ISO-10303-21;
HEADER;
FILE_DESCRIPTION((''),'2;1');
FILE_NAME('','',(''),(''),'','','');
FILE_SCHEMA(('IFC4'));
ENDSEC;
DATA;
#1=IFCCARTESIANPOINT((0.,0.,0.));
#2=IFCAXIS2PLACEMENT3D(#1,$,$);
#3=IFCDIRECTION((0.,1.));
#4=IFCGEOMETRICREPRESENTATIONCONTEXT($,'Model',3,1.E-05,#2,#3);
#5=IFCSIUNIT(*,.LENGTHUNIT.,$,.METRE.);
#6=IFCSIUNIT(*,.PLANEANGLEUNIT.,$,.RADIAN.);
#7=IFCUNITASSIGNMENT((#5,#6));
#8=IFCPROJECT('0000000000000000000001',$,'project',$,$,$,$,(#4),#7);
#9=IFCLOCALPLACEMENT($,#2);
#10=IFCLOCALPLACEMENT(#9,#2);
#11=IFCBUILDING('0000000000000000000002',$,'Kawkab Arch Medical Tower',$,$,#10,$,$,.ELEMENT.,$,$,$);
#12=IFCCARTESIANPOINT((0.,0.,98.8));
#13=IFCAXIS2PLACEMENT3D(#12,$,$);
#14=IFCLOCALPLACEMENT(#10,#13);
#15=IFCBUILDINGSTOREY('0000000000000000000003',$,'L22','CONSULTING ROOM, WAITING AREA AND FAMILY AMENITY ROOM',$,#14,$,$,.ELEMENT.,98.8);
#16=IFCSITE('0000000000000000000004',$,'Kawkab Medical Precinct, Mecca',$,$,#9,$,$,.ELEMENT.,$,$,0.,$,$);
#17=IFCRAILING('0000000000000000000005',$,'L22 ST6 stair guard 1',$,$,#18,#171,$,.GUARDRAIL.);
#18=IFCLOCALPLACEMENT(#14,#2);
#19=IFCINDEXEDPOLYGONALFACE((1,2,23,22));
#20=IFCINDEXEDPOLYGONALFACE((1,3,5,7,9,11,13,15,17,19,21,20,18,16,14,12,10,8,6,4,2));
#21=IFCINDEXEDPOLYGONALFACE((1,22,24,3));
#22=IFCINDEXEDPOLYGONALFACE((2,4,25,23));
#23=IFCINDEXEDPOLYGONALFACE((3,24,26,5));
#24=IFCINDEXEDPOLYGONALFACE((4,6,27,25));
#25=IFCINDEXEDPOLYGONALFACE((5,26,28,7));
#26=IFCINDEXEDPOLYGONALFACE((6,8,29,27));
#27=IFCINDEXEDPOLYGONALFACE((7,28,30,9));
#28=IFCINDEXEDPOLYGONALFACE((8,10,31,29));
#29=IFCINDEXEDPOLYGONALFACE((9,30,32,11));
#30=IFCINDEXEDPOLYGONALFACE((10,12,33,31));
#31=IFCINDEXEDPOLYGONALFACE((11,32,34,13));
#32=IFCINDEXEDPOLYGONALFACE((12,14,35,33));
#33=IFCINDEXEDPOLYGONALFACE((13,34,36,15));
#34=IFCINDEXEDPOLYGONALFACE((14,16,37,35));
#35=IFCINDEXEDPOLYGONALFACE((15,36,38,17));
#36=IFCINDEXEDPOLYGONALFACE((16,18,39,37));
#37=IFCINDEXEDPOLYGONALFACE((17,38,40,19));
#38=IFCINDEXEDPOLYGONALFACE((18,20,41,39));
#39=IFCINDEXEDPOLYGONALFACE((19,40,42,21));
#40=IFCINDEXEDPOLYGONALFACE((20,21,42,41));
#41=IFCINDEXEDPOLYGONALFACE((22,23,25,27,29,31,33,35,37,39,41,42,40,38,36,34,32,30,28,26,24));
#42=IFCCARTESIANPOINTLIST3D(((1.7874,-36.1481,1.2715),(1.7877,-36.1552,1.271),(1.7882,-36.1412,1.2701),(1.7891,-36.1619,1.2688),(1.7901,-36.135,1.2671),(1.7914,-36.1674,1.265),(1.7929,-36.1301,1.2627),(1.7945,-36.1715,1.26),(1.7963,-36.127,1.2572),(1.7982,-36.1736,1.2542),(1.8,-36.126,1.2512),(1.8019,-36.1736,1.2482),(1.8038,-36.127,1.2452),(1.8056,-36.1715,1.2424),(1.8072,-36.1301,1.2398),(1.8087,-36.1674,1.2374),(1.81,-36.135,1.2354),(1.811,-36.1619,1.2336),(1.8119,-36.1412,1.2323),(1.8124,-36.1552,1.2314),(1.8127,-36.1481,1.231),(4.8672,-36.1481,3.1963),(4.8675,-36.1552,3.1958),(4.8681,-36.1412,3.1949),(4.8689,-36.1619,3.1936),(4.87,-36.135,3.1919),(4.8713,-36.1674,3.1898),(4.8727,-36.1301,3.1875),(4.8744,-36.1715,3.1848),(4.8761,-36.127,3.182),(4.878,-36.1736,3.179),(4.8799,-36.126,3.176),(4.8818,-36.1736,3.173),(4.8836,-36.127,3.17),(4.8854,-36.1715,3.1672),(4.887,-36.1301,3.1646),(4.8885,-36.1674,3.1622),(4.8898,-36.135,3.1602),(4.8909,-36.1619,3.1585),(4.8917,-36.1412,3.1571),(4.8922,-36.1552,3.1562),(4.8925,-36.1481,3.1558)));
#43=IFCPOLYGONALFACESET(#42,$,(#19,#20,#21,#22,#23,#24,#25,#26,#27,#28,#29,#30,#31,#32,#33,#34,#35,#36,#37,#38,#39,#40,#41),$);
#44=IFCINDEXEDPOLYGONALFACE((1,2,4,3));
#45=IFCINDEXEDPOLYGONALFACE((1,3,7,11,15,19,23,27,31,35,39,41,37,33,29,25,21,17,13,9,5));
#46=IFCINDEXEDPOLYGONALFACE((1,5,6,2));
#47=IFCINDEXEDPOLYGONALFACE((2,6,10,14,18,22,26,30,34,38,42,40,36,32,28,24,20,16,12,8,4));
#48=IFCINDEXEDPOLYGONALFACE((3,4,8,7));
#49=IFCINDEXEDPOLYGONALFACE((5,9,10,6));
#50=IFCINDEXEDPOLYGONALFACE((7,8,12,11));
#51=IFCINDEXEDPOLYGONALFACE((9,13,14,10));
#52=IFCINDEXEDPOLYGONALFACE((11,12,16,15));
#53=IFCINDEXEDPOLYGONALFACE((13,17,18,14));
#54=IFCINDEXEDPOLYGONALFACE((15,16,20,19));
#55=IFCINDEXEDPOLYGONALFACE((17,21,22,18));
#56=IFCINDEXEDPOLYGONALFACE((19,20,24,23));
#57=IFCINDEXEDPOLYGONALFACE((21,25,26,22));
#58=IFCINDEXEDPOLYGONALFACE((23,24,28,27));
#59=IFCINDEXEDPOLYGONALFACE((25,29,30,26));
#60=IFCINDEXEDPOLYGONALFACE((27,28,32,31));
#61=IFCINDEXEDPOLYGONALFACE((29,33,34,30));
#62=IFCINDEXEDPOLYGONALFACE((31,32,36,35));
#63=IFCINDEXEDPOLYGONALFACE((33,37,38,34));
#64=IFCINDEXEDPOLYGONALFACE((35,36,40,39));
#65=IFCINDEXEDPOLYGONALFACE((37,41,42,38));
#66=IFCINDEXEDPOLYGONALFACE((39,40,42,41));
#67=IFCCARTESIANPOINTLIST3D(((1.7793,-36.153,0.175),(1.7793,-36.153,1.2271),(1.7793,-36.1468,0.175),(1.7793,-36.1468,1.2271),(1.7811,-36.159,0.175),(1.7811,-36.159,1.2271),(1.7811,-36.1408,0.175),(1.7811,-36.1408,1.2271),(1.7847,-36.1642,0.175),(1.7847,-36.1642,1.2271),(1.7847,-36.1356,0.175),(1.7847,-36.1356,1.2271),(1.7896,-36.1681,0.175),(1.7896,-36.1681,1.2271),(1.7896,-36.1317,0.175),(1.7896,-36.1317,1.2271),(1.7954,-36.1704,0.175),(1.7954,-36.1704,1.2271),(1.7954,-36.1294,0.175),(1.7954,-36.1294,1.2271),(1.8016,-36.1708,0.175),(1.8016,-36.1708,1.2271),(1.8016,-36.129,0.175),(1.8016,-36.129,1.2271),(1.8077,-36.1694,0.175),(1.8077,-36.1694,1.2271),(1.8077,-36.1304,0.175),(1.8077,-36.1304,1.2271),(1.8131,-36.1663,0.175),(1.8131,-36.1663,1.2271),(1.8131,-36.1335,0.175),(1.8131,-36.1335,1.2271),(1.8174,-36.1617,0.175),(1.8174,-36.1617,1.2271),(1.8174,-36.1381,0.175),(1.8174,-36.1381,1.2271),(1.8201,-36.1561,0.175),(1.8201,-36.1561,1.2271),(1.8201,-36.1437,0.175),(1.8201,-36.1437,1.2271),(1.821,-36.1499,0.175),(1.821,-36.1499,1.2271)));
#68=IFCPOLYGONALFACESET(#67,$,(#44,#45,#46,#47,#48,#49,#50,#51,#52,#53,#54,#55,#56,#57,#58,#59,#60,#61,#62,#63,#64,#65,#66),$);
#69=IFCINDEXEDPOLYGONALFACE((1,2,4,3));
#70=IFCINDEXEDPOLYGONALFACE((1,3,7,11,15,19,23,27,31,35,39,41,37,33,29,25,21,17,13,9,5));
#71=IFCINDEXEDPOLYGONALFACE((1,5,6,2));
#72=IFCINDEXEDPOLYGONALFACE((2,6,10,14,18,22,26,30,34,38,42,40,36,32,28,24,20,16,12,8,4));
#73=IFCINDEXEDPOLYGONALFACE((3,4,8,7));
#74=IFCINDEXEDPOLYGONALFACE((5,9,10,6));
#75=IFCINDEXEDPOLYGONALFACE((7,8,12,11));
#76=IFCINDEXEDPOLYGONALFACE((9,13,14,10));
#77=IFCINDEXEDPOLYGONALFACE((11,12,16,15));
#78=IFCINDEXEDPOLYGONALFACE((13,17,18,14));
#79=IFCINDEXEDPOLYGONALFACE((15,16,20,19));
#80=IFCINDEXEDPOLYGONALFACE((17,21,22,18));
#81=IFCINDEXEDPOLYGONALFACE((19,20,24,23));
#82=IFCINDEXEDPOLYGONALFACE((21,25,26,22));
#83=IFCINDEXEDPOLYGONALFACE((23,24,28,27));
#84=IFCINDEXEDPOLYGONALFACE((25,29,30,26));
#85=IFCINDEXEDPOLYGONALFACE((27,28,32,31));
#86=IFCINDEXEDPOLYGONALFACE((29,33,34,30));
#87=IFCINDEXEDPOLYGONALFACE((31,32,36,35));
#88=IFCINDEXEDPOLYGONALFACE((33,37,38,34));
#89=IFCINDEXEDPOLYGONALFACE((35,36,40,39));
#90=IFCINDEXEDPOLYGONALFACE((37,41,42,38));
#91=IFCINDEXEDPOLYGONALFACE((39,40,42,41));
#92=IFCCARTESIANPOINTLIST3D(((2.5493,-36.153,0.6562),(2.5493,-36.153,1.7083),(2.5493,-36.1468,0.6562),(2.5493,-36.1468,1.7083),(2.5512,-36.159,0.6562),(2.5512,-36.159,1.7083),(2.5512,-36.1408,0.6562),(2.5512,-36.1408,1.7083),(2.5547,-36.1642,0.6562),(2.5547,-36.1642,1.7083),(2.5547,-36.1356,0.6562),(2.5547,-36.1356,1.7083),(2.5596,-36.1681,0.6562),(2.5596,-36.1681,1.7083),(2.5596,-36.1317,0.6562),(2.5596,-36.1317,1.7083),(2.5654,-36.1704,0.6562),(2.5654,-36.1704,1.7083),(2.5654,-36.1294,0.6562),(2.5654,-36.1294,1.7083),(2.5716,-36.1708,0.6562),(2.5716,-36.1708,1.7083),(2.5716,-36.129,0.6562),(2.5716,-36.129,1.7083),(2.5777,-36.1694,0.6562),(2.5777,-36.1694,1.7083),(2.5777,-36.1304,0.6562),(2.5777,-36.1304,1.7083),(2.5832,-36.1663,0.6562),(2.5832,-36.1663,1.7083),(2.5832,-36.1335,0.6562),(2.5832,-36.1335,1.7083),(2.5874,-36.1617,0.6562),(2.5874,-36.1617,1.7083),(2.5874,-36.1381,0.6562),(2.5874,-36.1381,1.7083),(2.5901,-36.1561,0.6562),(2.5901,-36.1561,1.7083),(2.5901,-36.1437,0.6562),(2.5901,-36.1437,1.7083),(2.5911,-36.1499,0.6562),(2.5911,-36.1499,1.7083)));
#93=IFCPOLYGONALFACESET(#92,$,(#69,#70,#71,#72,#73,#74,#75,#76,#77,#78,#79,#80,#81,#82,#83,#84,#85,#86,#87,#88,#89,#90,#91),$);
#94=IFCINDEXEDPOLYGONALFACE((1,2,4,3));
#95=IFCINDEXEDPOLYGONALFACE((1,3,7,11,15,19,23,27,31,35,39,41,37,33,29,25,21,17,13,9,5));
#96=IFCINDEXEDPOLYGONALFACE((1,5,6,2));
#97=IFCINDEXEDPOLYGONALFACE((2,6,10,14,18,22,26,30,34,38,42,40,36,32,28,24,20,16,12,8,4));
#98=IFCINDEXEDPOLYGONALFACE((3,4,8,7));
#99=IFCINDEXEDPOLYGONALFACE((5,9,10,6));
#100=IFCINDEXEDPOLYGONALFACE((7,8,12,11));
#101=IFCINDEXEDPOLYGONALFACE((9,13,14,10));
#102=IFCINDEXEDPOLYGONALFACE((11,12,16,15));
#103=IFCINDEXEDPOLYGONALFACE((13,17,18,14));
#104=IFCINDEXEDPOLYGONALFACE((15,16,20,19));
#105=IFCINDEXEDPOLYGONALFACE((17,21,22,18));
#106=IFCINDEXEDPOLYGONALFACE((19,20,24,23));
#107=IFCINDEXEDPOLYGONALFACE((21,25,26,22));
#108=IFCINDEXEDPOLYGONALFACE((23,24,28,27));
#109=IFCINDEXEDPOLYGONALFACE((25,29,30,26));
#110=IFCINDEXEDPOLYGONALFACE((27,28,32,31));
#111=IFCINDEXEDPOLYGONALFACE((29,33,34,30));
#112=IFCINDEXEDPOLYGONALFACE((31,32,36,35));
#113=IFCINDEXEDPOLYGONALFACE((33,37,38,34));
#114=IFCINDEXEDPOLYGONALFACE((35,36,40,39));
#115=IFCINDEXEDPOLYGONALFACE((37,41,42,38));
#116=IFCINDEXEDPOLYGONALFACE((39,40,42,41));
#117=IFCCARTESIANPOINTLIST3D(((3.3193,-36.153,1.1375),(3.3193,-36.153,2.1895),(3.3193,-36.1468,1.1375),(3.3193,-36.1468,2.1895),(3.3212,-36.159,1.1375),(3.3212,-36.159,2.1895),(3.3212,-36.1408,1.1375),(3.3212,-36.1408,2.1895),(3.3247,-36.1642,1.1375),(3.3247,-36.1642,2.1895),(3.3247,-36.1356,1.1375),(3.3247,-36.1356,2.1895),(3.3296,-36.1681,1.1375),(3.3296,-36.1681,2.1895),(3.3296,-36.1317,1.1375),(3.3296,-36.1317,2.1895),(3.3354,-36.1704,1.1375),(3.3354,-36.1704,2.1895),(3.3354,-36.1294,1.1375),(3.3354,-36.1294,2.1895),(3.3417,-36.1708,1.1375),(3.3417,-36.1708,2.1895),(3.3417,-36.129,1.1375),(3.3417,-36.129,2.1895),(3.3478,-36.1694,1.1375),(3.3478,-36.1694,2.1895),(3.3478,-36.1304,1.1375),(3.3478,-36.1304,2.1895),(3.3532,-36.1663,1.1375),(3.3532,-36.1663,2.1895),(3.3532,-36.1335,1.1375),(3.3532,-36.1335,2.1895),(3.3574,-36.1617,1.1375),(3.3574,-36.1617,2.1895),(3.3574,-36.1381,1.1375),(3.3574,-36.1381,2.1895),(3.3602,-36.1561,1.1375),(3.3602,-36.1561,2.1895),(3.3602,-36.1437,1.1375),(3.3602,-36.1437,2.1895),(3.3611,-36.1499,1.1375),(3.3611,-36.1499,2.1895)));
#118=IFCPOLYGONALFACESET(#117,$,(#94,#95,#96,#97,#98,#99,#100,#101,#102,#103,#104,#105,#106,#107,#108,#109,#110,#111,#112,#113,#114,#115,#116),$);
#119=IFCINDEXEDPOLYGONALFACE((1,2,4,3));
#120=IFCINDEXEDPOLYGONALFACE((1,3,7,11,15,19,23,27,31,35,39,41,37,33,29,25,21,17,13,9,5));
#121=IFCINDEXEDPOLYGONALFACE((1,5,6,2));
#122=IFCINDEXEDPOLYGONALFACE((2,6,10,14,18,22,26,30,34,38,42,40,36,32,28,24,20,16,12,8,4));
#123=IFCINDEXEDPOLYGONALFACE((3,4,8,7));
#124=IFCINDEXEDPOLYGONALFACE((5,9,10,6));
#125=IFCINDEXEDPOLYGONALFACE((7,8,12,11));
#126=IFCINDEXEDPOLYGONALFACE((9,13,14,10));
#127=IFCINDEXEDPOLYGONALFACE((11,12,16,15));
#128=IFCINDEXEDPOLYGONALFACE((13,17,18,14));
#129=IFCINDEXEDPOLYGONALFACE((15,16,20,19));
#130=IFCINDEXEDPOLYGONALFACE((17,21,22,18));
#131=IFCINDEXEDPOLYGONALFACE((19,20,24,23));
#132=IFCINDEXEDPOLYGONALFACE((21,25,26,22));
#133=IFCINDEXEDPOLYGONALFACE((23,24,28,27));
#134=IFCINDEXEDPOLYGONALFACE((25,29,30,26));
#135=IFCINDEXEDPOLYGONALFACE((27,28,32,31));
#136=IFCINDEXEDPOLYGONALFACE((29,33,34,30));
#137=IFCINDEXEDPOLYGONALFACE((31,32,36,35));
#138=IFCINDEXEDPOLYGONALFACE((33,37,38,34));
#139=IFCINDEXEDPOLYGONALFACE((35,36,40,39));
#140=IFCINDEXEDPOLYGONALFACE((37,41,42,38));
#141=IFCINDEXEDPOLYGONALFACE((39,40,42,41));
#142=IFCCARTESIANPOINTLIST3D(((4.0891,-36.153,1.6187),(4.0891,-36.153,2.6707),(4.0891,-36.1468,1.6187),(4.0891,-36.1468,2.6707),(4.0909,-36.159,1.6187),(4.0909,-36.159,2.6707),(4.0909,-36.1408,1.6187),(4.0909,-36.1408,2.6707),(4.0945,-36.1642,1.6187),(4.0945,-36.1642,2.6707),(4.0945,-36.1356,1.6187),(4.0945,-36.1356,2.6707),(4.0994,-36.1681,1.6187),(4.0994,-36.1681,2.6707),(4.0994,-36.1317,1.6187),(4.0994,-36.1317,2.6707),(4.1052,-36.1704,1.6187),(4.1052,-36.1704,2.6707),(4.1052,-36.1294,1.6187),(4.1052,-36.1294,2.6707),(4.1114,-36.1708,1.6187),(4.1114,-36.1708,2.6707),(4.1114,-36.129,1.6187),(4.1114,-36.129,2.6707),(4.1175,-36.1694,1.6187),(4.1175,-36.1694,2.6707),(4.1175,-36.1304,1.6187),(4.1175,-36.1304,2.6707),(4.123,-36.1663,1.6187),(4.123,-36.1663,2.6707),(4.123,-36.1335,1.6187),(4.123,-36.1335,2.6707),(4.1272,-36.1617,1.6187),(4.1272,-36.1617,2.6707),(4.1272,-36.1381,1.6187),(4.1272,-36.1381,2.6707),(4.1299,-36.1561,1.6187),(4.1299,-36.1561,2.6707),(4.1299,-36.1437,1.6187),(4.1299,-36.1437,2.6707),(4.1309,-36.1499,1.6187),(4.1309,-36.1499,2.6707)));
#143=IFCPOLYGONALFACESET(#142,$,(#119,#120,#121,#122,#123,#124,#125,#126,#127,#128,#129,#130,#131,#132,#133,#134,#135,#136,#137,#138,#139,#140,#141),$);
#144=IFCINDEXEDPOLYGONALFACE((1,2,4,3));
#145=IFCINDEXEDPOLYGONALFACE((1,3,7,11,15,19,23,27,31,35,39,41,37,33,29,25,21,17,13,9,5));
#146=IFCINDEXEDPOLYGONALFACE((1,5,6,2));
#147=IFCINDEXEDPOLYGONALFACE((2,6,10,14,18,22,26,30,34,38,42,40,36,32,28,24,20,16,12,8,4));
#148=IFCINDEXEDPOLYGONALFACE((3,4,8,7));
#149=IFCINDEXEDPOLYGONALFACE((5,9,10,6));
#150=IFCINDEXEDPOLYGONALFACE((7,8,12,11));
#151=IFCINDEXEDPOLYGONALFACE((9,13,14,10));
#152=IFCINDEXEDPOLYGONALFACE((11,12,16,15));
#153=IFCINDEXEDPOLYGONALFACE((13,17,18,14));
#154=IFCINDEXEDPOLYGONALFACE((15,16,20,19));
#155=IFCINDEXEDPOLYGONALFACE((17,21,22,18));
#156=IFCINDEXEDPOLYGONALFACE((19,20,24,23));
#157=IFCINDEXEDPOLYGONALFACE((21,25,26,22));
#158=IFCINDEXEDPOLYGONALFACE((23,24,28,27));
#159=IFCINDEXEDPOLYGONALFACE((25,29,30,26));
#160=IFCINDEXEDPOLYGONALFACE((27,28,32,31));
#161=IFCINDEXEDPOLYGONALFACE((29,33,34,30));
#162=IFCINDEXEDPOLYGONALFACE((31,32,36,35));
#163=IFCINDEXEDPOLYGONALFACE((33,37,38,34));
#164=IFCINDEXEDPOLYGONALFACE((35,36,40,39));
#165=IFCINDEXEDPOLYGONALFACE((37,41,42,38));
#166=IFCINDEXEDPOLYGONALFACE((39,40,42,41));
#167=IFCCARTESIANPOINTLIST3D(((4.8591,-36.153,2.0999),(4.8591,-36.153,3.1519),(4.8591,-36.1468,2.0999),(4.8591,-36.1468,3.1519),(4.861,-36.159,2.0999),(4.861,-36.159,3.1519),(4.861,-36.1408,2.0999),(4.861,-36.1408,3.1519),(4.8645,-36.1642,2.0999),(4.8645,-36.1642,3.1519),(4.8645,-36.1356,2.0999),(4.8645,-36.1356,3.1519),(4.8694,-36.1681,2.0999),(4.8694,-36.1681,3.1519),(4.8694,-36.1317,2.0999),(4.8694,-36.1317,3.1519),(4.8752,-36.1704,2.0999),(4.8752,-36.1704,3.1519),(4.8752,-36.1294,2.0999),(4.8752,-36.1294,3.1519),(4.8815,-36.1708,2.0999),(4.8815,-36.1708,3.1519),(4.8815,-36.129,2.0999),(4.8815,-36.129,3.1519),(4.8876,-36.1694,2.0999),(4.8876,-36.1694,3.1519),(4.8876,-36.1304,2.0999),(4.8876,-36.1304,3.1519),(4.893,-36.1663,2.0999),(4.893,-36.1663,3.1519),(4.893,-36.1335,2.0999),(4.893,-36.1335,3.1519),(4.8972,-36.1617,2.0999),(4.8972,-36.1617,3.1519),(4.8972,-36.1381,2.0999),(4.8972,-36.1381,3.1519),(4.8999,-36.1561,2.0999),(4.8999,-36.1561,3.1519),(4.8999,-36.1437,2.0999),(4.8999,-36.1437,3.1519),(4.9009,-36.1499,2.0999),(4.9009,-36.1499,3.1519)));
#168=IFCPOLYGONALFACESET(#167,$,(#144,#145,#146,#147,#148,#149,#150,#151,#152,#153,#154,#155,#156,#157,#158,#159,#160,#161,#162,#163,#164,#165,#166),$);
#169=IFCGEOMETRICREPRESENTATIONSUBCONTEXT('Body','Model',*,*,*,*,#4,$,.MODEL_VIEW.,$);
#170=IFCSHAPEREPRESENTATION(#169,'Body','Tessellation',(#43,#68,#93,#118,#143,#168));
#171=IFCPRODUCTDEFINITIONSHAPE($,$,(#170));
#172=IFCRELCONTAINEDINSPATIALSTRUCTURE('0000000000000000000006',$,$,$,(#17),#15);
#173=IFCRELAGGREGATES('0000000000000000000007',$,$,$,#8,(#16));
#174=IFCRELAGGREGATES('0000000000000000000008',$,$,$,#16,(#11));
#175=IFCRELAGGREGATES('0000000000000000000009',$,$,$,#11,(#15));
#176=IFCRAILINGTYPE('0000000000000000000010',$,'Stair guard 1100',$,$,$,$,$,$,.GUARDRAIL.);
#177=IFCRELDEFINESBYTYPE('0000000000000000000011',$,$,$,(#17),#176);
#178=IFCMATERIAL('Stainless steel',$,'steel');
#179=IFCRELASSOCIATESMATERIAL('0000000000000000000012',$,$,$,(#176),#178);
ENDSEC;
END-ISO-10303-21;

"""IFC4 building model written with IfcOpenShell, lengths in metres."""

from ifc_helpers import new_model, si_unit, direction, frame, origin, origin_2d, place, context, subcontext, project, spatial, circle, extrude, material, type_object, element, save


model = new_model("IFC4")

# Units and contexts
model_context = context("Model", 3, precision=1e-05, world=origin(), true_north=direction((0.0, 1.0)))
body_context = subcontext(model_context, "Body", "Model", "MODEL_VIEW")
ifc_project = project(units=[si_unit("LENGTHUNIT", "METRE"), si_unit("PLANEANGLEUNIT", "RADIAN")], contexts=[model_context])

# Site, building, storey
site_placement = place(None, origin())
site = spatial("IfcSite", under=ifc_project, at=site_placement, Name="Kawkab Medical Precinct, Mecca", CompositionType="ELEMENT", RefElevation=0.0)
building_placement = place(site_placement, origin())
building = spatial("IfcBuilding", under=site, at=building_placement, Name="Kawkab Arch Medical Tower", CompositionType="ELEMENT")
storey_placement = place(building_placement, frame((0.0, 0.0, 98.8)))
storey = spatial("IfcBuildingStorey", under=building, at=storey_placement, Name="L22", Description="CONSULTING ROOM, WAITING AREA AND FAMILY AMENITY ROOM", CompositionType="ELEMENT", Elevation=98.8)

# Railing
ifc_material_1 = material(Name="Stainless steel", Category="steel")
railing_type = type_object("IfcRailingType", Name="Stair guard 1100", PredefinedType="GUARDRAIL", material=ifc_material_1)
railing_1_placement = place(storey_placement, frame((1.8, -36.1499, 0.175)))
element("IfcRailing", 1, at=railing_1_placement, inside=storey, type_object=railing_type, Name="L22 ST6 stair guard 1", PredefinedType="GUARDRAIL", context=body_context, shape_type="SweptSolid", body=[
    extrude(circle(Radius=0.0239, at=origin_2d()), frame((0.0, 0.0, 1.0762), z_axis=(0.84801, 0.0, 0.529981), x_axis=(0.0, 1.0, 0.0)), (0.0, 0.0, 1.0), 3.6318),
    extrude(circle(Radius=0.021, at=origin_2d()), origin(), (0.0, 0.0, 1.0), 1.052),
    extrude(circle(Radius=0.021, at=origin_2d()), frame((0.77, 0.0, 0.4812)), (0.0, 0.0, 1.0), 1.052),
    extrude(circle(Radius=0.021, at=origin_2d()), frame((1.54, 0.0, 0.9624)), (0.0, 0.0, 1.0), 1.052),
    extrude(circle(Radius=0.021, at=origin_2d()), frame((2.3098, 0.0, 1.4436)), (0.0, 0.0, 1.0), 1.052),
    extrude(circle(Radius=0.021, at=origin_2d()), frame((3.0798, 0.0, 1.9248)), (0.0, 0.0, 1.0), 1.052),
])

save(model, "model.ifc")
